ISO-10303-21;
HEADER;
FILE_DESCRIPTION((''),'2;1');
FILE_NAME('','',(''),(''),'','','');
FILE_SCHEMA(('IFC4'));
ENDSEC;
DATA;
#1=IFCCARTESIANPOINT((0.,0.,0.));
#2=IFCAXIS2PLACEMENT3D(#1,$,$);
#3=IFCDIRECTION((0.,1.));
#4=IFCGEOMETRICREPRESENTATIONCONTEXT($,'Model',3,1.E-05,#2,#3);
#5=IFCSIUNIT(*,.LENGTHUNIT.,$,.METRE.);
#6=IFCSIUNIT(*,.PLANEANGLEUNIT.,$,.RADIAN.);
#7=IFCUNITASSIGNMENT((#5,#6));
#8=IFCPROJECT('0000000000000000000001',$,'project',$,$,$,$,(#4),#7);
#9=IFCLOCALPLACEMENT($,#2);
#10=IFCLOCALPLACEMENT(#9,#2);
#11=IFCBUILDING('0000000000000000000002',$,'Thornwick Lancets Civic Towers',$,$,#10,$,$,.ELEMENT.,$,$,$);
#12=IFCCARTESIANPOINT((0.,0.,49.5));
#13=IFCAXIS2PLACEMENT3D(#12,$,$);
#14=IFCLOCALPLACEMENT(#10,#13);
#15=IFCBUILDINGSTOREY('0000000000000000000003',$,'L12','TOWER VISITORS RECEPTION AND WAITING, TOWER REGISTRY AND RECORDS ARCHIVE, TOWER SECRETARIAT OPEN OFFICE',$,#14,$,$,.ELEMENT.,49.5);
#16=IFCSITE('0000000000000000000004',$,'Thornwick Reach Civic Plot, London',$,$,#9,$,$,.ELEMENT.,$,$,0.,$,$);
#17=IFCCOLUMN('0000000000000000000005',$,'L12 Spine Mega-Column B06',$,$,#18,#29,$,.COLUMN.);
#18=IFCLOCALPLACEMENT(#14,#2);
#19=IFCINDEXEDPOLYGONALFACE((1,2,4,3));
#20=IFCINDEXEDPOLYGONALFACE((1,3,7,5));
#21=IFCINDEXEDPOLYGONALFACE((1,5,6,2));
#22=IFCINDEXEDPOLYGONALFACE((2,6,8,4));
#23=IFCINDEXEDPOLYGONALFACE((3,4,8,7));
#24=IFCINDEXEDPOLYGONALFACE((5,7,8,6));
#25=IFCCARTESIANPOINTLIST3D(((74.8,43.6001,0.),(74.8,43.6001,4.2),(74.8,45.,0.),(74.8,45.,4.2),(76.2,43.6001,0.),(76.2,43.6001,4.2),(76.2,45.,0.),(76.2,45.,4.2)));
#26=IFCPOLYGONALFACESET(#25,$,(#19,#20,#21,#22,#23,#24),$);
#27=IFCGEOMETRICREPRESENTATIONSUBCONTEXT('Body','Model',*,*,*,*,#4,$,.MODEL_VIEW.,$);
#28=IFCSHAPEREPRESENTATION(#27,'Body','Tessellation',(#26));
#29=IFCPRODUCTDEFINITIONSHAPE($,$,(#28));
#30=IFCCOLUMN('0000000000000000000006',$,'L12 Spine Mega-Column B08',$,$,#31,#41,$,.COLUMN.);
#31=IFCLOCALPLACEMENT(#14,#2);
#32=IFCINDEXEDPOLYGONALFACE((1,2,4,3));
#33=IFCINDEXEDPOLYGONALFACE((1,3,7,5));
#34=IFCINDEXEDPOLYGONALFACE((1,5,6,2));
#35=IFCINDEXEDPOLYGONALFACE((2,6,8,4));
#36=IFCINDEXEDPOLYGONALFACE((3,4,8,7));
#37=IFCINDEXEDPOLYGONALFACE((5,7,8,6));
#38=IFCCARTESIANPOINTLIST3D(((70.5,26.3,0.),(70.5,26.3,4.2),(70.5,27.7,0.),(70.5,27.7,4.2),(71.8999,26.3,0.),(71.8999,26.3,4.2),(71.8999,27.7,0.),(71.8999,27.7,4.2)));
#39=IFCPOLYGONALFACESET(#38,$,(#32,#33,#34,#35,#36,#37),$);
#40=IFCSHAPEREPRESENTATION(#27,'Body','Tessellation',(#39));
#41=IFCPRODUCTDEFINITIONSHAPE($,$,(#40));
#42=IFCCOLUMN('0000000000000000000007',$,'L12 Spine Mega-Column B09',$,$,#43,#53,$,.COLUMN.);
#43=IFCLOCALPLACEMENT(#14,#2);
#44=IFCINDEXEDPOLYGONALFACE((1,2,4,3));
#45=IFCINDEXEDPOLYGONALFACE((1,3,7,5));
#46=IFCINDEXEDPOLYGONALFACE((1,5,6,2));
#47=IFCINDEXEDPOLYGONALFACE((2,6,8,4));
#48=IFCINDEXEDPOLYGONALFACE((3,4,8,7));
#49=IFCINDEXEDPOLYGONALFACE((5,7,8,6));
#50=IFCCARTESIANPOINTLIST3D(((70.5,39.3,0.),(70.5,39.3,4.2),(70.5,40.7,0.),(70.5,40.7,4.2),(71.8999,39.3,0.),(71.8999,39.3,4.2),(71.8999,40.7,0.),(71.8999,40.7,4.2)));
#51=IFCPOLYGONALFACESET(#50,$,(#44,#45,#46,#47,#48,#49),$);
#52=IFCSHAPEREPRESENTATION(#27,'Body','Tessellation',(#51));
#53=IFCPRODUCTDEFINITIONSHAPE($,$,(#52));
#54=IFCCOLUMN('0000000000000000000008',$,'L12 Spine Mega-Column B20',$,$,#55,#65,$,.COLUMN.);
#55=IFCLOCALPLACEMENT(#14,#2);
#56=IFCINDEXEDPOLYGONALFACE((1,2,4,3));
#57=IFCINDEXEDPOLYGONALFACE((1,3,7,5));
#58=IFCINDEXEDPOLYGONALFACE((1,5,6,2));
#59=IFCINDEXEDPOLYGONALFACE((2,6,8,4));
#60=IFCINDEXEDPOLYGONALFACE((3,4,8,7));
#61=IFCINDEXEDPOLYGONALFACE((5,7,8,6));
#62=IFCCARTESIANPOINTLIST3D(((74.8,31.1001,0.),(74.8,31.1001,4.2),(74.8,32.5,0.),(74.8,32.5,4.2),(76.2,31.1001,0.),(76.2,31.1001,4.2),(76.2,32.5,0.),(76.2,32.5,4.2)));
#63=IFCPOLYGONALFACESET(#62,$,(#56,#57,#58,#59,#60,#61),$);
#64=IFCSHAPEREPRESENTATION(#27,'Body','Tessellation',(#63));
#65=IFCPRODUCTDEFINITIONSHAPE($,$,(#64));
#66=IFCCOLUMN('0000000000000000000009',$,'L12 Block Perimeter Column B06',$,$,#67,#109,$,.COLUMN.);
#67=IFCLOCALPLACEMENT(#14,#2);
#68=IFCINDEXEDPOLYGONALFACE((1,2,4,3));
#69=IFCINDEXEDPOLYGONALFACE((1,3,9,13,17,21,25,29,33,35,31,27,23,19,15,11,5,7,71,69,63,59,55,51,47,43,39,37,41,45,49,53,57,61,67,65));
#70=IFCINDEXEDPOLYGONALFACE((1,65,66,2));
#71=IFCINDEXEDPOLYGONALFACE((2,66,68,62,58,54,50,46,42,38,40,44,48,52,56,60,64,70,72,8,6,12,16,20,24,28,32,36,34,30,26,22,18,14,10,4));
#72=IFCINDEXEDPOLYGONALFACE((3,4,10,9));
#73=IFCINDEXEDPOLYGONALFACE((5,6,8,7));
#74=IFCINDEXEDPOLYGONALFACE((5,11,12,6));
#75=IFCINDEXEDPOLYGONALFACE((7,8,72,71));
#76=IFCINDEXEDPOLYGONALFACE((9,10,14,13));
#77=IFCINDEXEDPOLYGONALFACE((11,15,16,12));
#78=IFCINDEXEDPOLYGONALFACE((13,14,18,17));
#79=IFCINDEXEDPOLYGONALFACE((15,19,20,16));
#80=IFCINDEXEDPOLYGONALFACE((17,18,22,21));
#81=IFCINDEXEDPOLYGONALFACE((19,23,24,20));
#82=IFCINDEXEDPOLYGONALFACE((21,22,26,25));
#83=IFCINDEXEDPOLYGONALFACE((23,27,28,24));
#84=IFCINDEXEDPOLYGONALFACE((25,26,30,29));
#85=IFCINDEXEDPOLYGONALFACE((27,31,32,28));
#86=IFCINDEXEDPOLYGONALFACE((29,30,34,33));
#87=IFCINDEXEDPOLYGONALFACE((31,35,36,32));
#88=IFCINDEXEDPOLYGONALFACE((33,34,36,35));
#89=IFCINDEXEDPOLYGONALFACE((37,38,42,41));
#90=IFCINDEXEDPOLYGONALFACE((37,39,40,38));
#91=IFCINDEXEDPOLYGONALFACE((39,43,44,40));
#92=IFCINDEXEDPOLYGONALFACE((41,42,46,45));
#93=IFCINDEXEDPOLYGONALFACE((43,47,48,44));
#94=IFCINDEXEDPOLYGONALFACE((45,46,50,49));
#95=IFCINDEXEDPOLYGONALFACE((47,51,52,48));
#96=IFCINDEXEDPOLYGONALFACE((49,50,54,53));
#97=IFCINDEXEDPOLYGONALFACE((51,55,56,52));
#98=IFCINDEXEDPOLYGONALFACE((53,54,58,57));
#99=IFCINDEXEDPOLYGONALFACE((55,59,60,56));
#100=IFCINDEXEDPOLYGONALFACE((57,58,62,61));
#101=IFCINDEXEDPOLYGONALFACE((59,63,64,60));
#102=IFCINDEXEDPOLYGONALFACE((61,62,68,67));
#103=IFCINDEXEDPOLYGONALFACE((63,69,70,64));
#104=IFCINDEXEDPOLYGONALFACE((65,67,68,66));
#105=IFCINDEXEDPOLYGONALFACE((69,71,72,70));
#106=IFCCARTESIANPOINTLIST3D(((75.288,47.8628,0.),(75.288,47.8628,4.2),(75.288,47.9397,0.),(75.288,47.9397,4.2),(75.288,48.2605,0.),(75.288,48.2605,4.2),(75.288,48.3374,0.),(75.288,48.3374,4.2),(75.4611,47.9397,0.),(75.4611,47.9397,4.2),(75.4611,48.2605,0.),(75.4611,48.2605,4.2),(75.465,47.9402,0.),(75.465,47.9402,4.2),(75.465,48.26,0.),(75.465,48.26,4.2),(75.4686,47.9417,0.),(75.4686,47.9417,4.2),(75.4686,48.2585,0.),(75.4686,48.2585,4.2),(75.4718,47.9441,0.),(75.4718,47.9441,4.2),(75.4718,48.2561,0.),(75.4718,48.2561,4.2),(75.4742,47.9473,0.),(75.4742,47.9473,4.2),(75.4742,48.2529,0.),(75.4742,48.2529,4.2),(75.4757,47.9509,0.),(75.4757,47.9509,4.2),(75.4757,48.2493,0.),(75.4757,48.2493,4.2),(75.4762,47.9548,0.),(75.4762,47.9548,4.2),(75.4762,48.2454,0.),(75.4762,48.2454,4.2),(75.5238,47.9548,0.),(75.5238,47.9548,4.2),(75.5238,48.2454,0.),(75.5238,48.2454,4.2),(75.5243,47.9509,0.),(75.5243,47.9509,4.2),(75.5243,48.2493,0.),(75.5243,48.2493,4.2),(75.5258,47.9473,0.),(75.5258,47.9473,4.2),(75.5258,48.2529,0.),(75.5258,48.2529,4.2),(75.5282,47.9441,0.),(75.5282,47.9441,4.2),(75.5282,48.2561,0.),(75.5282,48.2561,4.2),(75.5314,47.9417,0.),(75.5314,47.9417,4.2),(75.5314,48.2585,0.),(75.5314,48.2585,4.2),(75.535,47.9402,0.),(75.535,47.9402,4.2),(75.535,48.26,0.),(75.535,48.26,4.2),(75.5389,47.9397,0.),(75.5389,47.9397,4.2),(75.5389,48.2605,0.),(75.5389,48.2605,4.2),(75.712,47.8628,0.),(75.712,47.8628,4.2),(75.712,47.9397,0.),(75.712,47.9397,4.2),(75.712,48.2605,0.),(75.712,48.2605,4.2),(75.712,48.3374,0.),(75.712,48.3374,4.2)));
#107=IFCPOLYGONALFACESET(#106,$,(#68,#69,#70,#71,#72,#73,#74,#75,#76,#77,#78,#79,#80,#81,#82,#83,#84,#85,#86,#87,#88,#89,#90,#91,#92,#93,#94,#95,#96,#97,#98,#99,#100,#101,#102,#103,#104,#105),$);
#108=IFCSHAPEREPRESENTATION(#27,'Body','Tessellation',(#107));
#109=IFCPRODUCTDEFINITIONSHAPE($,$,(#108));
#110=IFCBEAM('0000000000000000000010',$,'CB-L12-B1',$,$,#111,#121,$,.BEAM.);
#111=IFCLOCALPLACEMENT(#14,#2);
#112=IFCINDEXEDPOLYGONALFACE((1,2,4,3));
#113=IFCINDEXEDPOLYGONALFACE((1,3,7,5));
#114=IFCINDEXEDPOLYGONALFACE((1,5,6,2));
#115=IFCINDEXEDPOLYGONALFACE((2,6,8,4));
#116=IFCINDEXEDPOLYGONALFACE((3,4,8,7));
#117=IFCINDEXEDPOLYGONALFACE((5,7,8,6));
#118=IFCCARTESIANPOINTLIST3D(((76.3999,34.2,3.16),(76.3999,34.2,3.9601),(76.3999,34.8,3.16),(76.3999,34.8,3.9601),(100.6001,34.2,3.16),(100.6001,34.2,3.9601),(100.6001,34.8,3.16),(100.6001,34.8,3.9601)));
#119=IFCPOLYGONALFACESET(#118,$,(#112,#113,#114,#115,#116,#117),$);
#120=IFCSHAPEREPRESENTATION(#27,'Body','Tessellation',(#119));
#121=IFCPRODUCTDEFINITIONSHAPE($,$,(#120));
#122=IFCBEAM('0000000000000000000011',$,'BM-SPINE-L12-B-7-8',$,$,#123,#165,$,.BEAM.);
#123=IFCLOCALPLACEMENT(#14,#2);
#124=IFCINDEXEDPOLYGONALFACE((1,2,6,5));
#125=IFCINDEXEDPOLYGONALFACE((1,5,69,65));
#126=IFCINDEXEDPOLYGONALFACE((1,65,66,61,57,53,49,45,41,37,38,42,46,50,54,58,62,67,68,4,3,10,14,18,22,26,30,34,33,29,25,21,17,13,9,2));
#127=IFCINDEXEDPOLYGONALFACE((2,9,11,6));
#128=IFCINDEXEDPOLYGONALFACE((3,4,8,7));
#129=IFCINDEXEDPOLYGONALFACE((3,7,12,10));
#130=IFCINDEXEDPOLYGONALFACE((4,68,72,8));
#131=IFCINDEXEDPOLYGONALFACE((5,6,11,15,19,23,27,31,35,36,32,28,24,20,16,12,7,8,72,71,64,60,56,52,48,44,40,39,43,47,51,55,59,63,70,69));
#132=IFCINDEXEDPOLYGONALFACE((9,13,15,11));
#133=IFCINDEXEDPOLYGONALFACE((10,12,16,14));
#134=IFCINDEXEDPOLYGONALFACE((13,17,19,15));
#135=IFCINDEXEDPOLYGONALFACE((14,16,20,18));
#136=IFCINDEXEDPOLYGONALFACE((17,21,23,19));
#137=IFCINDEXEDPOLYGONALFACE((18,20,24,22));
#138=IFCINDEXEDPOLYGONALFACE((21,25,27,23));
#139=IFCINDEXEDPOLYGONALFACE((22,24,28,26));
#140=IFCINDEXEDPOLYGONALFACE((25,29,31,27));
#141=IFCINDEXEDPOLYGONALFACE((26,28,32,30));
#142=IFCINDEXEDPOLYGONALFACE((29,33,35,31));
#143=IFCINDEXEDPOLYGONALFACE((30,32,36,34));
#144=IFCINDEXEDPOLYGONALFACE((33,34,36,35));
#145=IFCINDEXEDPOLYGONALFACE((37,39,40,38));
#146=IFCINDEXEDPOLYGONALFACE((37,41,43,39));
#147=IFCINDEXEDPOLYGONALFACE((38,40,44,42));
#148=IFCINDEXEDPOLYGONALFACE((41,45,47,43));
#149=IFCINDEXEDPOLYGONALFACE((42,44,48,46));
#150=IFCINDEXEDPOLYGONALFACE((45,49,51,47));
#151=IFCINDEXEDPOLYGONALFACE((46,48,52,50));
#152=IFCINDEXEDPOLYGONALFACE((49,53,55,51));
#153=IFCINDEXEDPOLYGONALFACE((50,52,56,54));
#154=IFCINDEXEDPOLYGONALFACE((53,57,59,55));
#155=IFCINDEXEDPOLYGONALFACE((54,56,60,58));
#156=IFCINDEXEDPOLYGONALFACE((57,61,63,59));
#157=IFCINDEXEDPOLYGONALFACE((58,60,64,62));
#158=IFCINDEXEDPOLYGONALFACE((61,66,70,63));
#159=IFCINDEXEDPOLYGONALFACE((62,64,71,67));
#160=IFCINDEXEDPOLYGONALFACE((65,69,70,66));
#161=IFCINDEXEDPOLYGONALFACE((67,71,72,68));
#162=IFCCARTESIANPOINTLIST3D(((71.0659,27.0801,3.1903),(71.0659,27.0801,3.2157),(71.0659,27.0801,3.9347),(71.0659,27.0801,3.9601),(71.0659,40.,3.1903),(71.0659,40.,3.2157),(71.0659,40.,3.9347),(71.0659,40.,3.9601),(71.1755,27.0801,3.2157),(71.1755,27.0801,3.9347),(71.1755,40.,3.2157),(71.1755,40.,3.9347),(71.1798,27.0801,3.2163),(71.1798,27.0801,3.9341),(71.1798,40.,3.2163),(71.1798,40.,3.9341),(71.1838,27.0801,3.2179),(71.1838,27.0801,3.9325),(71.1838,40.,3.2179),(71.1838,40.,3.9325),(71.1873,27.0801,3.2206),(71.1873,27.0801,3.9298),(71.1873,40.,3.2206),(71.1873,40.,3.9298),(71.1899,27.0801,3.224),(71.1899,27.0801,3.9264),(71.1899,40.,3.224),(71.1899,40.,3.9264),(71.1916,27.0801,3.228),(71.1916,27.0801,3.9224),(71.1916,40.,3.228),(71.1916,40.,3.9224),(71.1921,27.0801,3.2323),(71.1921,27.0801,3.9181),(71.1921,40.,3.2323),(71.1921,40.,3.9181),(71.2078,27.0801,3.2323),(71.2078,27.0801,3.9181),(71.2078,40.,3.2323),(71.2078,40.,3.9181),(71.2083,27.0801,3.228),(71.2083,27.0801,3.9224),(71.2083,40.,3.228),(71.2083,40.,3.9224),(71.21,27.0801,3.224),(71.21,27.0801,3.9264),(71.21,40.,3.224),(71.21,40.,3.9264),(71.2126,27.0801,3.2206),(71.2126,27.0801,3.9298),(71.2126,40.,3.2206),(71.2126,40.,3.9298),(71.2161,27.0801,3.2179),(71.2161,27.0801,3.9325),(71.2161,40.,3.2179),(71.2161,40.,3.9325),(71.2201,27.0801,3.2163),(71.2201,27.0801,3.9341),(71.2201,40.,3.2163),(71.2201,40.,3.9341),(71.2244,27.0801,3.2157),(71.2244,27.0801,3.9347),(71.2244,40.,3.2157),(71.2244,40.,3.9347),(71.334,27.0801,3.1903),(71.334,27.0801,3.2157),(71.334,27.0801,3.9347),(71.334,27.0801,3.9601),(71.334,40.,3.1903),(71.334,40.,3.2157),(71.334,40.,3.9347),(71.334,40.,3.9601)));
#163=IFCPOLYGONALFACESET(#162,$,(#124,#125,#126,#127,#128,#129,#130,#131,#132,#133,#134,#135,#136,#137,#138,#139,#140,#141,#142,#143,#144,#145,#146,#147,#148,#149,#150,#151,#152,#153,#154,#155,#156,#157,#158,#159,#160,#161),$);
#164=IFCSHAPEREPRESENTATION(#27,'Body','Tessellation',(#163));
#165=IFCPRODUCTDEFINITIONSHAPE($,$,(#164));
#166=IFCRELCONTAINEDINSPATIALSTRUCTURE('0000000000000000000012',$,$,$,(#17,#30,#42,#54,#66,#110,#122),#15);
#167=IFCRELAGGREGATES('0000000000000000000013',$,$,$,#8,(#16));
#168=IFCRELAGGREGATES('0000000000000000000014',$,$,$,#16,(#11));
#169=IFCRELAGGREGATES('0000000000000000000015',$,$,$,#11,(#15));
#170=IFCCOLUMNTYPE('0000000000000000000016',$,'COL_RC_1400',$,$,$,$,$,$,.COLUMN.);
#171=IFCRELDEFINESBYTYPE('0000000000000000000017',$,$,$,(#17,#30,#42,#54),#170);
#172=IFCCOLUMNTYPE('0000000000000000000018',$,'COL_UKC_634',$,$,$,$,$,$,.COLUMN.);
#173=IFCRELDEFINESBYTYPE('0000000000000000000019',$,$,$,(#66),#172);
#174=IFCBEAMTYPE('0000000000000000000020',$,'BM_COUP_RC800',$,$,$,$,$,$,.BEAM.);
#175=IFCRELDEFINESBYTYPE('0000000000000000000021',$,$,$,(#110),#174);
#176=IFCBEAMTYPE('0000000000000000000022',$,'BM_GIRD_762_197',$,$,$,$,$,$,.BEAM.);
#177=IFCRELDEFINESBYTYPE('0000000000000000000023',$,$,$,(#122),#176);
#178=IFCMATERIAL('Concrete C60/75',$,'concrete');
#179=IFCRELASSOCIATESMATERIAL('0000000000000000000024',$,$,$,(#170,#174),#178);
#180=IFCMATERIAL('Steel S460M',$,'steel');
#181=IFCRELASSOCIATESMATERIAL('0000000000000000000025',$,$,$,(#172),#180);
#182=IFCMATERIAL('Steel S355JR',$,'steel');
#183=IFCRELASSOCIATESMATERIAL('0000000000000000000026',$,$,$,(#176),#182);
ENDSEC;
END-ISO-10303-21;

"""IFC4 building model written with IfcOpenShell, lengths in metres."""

from ifc_helpers import new_model, si_unit, direction, frame, origin, origin_2d, place, context, subcontext, project, spatial, rectangle, i_section, extrude, material, material_profile, profile_set, type_object, element, save


model = new_model("IFC4")

# Units and contexts
model_context = context("Model", 3, precision=1e-05, world=origin(), true_north=direction((0.0, 1.0)))
body_context = subcontext(model_context, "Body", "Model", "MODEL_VIEW")
ifc_project = project(units=[si_unit("LENGTHUNIT", "METRE"), si_unit("PLANEANGLEUNIT", "RADIAN")], contexts=[model_context])

# Site, building, storey
site_placement = place(None, origin())
site = spatial("IfcSite", under=ifc_project, at=site_placement, Name="Thornwick Reach Civic Plot, London", CompositionType="ELEMENT", RefElevation=0.0)
building_placement = place(site_placement, origin())
building = spatial("IfcBuilding", under=site, at=building_placement, Name="Thornwick Lancets Civic Towers", CompositionType="ELEMENT")
storey_placement = place(building_placement, frame((0.0, 0.0, 49.5)))
storey = spatial("IfcBuildingStorey", under=building, at=storey_placement, Name="L12", Description="TOWER VISITORS RECEPTION AND WAITING, TOWER REGISTRY AND RECORDS ARCHIVE, TOWER SECRETARIAT OPEN OFFICE", CompositionType="ELEMENT", Elevation=49.5)

# Columns
ifc_material_1 = material(Name="Concrete C60/75", Category="concrete")
ifc_material_profile_1 = material_profile(ifc_material_1, rectangle(XDim=1.3999, YDim=1.3999, at=origin_2d()), Name="RC 1400x1400")
ifc_profile_set_1 = profile_set([ifc_material_profile_1], Name="Concrete C60/75")
column_type_1 = type_object("IfcColumnType", Name="COL_RC_1400", PredefinedType="COLUMN", material=ifc_profile_set_1)
for number, where, z_axis, x_axis, name in (
    (1, (75.5, 44.3, 0.0), (0.0, 0.0, 1.0), (1.0, 0.0, 0.0), "L12 Spine Mega-Column B06"),
    (2, (71.2, 27.0, 0.0), (0.0, 0.0, 1.0), (1.0, 0.0, 0.0), "L12 Spine Mega-Column B08"),
    (3, (71.2, 40.0, 0.0), (0.0, 0.0, 1.0), (1.0, 0.0, 0.0), "L12 Spine Mega-Column B09"),
    (4, (75.5, 31.8, 0.0), (0.0, 0.0, 1.0), (1.0, 0.0, 0.0), "L12 Spine Mega-Column B20"),
):
    element("IfcColumn", number, at=place(storey_placement, frame(where, z_axis=z_axis, x_axis=x_axis)), inside=storey, type_object=column_type_1, Name=name, PredefinedType="COLUMN", context=body_context, shape_type="SweptSolid", body=[
        extrude(rectangle(XDim=1.3999, YDim=1.3999, at=origin_2d()), origin(), (0.0, 0.0, 1.0), 4.2),
    ])
ifc_material_2 = material(Name="Steel S460M", Category="steel")
ifc_material_profile_2 = material_profile(ifc_material_2, i_section(OverallWidth=0.4241, OverallDepth=0.4746, WebThickness=0.0476, FlangeThickness=0.0769, FilletRadius=0.0151, at=origin_2d()), Name="UKC 356x406x634")
ifc_profile_set_2 = profile_set([ifc_material_profile_2], Name="Steel S460M")
column_type_2 = type_object("IfcColumnType", Name="COL_UKC_634", PredefinedType="COLUMN", material=ifc_profile_set_2)
column_placement = place(storey_placement, frame((75.5, 48.1001, 0.0), z_axis=(0.0, 0.0, 1.0), x_axis=(1.0, 0.0, 0.0)))
element("IfcColumn", 5, at=column_placement, inside=storey, type_object=column_type_2, Name="L12 Block Perimeter Column B06", PredefinedType="COLUMN", context=body_context, shape_type="SweptSolid", body=[
    extrude(i_section(OverallWidth=0.4241, OverallDepth=0.4746, WebThickness=0.0476, FlangeThickness=0.0769, FilletRadius=0.0151, at=origin_2d()), origin(), (0.0, 0.0, 1.0), 4.2),
])

# Beams
ifc_material_profile_3 = material_profile(ifc_material_1, rectangle(XDim=0.6001, YDim=0.8, at=origin_2d()), Name="RC 600x800")
ifc_profile_set_3 = profile_set([ifc_material_profile_3], Name="Concrete C60/75")
beam_type_1 = type_object("IfcBeamType", Name="BM_COUP_RC800", PredefinedType="BEAM", material=ifc_profile_set_3)
beam_1_placement = place(storey_placement, frame((76.3999, 34.5, 3.5601), z_axis=(1.0, 0.0, 0.0), x_axis=(0.0, 1.0, 0.0)))
element("IfcBeam", 6, at=beam_1_placement, inside=storey, type_object=beam_type_1, Name="CB-L12-B1", PredefinedType="BEAM", context=body_context, shape_type="SweptSolid", body=[
    extrude(rectangle(XDim=0.6001, YDim=0.8, at=origin_2d()), origin(), (0.0, 0.0, 1.0), 24.2002),
])
ifc_material_3 = material(Name="Steel S355JR", Category="steel")
ifc_material_profile_4 = material_profile(ifc_material_3, i_section(OverallWidth=0.2681, OverallDepth=0.7698, WebThickness=0.0156, FlangeThickness=0.0254, FilletRadius=0.0166, at=origin_2d()), Name="UKB 762x267x197")
ifc_profile_set_4 = profile_set([ifc_material_profile_4], Name="Steel S355JR")
beam_type_2 = type_object("IfcBeamType", Name="BM_GIRD_762_197", PredefinedType="BEAM", material=ifc_profile_set_4)
beam_2_placement = place(storey_placement, frame((71.2, 27.0801, 3.5752), z_axis=(0.0, 1.0, 0.0), x_axis=(-1.0, 0.0, 0.0)))
element("IfcBeam", 7, at=beam_2_placement, inside=storey, type_object=beam_type_2, Name="BM-SPINE-L12-B-7-8", PredefinedType="BEAM", context=body_context, shape_type="SweptSolid", body=[
    extrude(i_section(OverallWidth=0.2681, OverallDepth=0.7698, WebThickness=0.0156, FlangeThickness=0.0254, FilletRadius=0.0166, at=origin_2d()), origin(), (0.0, 0.0, 1.0), 12.9199),
])

save(model, "model.ifc")
